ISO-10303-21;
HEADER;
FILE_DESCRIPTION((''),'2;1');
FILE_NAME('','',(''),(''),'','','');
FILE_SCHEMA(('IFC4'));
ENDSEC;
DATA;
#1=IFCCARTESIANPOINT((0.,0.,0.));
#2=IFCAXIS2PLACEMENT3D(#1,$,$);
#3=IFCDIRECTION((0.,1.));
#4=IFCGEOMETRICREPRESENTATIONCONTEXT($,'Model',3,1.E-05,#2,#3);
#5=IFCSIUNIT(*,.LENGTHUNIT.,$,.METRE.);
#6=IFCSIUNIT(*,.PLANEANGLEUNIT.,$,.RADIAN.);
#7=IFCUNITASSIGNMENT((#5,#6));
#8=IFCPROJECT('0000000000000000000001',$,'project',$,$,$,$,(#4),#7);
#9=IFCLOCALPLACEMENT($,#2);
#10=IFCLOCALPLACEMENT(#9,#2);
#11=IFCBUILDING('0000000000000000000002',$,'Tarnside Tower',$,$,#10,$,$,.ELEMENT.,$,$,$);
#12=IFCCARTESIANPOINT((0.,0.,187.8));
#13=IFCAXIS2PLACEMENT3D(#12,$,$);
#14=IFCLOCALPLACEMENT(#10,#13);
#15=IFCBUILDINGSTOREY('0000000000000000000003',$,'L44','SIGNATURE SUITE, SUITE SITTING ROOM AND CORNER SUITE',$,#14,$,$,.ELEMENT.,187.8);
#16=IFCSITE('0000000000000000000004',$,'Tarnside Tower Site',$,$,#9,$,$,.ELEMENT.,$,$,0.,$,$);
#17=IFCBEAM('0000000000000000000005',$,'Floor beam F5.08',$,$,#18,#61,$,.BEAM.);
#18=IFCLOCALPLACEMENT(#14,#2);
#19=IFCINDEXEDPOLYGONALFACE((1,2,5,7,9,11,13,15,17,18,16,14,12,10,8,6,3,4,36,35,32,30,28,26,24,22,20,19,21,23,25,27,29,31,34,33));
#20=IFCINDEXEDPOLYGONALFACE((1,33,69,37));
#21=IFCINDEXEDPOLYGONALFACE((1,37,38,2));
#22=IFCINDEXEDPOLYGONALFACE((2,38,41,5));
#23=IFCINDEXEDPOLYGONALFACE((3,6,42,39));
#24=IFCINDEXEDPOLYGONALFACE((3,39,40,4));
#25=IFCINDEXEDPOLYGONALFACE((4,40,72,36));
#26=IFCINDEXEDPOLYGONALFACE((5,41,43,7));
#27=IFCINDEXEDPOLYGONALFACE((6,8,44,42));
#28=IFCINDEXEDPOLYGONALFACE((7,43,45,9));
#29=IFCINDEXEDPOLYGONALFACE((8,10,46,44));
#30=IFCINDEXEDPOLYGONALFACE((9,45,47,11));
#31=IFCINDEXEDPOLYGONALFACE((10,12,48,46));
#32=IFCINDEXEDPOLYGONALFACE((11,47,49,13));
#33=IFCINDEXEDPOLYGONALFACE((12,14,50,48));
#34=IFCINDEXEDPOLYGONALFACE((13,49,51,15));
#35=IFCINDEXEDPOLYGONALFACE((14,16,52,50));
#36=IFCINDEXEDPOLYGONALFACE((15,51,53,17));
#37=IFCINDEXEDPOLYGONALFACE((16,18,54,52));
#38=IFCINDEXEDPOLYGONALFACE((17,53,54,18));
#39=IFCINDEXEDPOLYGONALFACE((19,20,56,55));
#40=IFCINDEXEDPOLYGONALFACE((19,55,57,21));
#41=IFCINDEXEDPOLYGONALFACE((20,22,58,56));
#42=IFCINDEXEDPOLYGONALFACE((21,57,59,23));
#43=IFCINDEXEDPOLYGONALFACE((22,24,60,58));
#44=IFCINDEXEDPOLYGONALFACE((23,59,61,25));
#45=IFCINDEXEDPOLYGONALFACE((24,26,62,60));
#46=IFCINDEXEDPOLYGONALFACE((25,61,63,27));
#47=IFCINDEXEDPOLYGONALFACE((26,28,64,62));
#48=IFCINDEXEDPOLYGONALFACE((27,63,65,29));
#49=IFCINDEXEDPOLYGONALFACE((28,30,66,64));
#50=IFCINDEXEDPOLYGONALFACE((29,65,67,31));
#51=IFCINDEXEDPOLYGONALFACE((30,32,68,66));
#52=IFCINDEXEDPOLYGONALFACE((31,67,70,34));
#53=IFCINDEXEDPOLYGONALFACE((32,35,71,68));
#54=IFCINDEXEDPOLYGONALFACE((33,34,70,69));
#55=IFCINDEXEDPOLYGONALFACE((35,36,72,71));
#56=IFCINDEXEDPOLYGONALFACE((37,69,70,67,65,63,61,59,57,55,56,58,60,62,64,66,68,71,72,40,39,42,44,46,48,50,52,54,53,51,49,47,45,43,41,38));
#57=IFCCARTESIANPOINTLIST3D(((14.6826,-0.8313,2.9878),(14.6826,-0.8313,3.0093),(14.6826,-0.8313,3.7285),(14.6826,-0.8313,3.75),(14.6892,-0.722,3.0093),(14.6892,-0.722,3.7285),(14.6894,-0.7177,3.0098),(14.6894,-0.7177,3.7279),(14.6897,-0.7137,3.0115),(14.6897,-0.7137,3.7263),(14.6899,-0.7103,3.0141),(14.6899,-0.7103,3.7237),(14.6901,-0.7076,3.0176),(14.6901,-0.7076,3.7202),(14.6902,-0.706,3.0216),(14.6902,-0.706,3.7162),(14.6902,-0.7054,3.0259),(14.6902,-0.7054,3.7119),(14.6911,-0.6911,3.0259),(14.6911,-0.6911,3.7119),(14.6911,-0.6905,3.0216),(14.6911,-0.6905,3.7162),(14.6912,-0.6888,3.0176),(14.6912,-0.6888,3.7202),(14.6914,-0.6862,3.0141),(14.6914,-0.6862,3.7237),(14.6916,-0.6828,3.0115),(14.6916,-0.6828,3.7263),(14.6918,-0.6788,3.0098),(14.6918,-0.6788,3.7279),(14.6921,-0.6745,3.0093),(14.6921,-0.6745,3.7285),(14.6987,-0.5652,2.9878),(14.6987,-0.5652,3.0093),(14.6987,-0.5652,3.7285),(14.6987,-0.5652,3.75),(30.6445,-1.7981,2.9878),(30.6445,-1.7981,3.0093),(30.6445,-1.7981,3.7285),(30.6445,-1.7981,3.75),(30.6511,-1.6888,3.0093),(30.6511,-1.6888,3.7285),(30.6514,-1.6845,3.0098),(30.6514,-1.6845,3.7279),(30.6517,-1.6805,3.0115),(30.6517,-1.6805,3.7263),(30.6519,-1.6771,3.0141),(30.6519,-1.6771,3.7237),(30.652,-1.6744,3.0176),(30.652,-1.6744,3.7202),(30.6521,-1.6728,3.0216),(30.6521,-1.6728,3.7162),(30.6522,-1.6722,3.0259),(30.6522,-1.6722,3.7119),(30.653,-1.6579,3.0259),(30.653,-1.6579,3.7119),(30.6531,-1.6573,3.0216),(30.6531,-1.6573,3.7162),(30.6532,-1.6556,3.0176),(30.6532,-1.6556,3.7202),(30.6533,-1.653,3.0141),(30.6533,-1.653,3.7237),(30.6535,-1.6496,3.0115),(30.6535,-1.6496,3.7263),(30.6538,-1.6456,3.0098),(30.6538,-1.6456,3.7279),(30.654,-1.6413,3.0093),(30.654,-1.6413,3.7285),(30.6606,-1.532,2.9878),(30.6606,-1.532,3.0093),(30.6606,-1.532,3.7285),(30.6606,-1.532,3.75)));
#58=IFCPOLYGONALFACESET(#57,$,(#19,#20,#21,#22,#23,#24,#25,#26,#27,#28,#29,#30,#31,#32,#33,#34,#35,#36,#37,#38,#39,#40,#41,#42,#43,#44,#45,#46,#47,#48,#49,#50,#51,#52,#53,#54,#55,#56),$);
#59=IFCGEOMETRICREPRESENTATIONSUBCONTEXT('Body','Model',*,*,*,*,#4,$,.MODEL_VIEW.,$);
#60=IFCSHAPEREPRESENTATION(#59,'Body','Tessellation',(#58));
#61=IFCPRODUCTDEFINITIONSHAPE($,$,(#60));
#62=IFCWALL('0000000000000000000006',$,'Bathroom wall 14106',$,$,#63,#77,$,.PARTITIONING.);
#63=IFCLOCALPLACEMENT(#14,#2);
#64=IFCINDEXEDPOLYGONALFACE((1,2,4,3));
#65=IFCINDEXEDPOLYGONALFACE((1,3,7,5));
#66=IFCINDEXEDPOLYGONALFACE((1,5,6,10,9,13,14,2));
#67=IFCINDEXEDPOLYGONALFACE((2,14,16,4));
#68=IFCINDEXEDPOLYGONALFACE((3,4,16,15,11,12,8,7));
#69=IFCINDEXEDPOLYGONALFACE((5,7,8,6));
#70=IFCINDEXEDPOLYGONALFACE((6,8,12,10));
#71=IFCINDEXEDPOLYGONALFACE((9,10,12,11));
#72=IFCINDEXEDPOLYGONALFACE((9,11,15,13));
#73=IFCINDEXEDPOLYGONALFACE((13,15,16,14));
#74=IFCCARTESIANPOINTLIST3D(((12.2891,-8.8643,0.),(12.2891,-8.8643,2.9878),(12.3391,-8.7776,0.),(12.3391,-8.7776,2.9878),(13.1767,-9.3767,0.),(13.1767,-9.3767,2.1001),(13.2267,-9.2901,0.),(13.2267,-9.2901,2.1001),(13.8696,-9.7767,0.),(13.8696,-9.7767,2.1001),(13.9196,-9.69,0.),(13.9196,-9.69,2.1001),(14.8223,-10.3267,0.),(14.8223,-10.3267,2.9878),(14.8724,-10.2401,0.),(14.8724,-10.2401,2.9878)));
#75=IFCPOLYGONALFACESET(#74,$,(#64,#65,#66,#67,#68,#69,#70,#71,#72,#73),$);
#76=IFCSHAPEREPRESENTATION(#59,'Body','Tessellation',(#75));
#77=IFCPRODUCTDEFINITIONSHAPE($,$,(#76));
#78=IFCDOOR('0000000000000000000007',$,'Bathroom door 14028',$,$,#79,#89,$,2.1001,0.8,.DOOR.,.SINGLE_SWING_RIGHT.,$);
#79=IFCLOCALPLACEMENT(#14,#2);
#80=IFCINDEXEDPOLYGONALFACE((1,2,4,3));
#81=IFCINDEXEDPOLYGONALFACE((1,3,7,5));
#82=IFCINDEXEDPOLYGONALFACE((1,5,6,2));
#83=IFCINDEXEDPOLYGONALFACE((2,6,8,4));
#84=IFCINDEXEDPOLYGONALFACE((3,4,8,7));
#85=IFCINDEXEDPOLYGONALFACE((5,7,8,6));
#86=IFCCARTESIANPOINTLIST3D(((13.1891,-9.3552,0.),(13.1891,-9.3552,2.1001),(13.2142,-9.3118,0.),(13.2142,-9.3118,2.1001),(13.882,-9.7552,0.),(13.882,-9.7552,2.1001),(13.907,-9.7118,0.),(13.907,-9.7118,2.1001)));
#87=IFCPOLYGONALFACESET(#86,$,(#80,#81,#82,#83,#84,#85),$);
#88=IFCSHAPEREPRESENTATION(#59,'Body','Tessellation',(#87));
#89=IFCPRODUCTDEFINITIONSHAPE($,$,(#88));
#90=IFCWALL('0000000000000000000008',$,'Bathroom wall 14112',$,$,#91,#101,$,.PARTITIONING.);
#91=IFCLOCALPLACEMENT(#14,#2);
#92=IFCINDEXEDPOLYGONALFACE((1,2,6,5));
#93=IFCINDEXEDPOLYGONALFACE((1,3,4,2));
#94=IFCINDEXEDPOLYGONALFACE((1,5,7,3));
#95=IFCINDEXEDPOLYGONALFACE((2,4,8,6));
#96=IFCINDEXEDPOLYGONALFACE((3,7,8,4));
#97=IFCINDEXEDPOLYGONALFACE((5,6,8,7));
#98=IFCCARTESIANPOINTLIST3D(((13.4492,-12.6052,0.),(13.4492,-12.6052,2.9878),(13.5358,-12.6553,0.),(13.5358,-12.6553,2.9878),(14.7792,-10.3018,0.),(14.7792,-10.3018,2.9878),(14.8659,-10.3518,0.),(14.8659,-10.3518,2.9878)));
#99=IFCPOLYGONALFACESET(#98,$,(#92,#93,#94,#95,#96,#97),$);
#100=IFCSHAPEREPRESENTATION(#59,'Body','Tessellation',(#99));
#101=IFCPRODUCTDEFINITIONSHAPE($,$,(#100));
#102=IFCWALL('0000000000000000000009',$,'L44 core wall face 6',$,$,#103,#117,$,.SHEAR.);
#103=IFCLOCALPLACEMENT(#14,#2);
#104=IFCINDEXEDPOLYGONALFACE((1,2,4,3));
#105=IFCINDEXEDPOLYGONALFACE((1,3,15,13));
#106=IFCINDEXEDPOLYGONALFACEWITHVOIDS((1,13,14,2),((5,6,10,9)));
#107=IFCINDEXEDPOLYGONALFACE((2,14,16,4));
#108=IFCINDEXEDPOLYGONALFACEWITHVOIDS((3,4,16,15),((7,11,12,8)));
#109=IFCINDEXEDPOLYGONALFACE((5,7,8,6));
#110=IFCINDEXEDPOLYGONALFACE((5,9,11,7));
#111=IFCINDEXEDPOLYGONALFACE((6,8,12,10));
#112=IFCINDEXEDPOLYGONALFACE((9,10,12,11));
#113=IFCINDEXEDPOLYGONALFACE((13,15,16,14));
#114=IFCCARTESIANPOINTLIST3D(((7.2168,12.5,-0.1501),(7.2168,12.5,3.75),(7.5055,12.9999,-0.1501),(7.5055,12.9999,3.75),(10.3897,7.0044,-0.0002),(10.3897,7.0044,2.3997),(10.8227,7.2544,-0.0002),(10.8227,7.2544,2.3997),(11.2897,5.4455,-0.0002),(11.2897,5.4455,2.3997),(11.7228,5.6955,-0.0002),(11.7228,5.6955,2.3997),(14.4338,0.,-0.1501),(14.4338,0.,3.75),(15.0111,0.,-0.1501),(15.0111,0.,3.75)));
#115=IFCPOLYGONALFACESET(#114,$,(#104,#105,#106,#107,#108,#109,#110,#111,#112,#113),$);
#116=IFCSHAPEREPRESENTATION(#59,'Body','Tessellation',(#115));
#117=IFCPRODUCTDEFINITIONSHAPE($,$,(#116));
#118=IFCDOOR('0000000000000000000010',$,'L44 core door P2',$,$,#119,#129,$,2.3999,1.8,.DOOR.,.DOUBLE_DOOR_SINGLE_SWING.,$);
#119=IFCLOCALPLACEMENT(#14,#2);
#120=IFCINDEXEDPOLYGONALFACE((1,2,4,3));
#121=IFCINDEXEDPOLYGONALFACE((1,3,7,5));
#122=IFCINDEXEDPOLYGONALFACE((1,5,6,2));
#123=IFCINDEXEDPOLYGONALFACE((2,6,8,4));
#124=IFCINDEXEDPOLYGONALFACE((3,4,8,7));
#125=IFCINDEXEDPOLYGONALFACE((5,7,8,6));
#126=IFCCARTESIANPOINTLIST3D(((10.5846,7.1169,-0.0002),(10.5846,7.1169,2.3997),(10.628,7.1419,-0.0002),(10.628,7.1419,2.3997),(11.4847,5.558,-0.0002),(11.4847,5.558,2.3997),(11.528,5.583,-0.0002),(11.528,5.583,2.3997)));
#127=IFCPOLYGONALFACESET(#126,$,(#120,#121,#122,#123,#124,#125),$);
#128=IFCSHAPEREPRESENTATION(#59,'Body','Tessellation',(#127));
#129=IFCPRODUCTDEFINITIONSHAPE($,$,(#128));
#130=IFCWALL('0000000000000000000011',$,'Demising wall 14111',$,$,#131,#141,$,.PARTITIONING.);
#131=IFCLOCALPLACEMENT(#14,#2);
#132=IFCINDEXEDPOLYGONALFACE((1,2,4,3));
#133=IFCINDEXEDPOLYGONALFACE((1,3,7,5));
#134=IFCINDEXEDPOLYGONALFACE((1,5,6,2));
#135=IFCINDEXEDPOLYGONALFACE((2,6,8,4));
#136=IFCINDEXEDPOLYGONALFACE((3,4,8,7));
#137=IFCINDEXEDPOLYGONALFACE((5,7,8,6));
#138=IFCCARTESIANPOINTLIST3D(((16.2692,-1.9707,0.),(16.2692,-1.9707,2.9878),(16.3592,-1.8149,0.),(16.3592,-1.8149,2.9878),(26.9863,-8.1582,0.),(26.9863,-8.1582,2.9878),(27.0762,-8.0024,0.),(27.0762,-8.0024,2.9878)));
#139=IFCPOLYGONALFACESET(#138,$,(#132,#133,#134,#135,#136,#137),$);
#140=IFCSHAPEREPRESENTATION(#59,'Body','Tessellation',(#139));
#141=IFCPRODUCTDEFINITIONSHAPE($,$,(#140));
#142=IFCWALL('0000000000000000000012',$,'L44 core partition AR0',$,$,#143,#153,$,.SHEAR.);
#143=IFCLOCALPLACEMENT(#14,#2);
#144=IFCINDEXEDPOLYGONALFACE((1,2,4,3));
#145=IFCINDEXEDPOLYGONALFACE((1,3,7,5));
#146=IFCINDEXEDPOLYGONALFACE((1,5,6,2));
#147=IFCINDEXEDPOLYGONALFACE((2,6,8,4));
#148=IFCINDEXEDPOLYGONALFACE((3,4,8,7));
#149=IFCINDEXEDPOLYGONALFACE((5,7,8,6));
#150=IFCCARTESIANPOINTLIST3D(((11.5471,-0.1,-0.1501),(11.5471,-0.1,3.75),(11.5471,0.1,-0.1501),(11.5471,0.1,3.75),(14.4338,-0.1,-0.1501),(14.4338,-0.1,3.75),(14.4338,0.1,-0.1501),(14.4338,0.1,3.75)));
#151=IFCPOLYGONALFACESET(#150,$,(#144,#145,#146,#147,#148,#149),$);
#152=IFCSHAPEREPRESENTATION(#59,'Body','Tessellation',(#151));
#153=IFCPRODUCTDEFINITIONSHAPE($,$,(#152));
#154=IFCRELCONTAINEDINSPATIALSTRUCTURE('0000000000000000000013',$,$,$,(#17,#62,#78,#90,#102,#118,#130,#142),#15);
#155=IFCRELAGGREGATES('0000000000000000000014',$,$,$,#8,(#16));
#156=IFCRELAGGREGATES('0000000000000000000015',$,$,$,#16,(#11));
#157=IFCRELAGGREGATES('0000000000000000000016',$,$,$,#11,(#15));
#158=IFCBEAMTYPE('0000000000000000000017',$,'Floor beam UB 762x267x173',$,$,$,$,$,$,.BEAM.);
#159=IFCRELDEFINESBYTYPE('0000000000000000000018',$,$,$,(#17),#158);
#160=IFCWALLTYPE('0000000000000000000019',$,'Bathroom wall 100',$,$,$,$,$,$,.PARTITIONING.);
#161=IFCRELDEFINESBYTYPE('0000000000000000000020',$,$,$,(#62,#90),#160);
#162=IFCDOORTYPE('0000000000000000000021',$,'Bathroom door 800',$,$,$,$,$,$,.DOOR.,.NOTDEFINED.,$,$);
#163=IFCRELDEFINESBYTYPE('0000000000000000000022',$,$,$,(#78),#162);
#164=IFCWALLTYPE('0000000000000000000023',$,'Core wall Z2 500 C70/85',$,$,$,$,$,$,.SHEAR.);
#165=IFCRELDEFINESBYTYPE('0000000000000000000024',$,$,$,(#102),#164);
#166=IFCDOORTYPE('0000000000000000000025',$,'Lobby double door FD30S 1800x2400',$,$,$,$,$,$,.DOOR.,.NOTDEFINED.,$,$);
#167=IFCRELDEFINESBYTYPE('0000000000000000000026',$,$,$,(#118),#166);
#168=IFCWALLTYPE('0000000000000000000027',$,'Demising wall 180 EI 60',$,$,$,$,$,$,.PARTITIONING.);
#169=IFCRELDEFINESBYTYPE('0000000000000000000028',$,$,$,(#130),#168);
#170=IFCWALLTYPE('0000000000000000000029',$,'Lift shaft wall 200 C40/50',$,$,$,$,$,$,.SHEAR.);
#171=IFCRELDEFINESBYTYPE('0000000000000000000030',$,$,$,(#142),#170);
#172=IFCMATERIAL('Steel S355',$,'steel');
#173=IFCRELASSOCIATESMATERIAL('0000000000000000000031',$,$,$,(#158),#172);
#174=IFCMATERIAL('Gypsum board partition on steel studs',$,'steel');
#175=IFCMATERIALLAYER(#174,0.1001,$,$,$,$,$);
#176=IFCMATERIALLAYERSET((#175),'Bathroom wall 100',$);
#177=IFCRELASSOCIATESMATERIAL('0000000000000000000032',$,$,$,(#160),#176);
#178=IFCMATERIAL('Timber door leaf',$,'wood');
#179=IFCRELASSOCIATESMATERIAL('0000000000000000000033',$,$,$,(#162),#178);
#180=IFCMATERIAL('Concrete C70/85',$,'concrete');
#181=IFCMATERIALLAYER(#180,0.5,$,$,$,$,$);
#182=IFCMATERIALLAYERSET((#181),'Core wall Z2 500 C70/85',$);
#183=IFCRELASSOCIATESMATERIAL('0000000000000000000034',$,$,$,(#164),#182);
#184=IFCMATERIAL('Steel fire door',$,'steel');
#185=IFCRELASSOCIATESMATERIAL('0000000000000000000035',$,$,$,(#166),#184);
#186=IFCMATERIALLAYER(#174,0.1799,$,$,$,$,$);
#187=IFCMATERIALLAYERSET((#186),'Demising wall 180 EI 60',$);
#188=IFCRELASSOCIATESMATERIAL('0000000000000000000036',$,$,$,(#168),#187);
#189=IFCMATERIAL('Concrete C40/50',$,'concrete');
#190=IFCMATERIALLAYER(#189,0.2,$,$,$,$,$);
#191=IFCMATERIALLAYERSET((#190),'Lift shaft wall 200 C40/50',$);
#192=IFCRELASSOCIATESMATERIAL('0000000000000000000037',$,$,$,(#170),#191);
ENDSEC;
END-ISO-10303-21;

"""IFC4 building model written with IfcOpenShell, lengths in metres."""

from ifc_helpers import new_model, si_unit, direction, frame, frame_2d, origin, origin_2d, place, context, subcontext, project, spatial, polyline, rectangle, i_section, outline, extrude, material, layer, layer_set, material_profile, profile_set, type_object, element, fill, save


model = new_model("IFC4")

# Units and contexts
model_context = context("Model", 3, precision=1e-05, world=origin(), true_north=direction((0.0, 1.0)))
body_context = subcontext(model_context, "Body", "Model", "MODEL_VIEW")
ifc_project = project(units=[si_unit("LENGTHUNIT", "METRE"), si_unit("PLANEANGLEUNIT", "RADIAN")], contexts=[model_context])

# Site, building, storey
site_placement = place(None, origin())
site = spatial("IfcSite", under=ifc_project, at=site_placement, Name="Tarnside Tower Site", CompositionType="ELEMENT", RefElevation=0.0)
building_placement = place(site_placement, origin())
building = spatial("IfcBuilding", under=site, at=building_placement, Name="Tarnside Tower", CompositionType="ELEMENT")
storey_placement = place(building_placement, frame((0.0, 0.0, 187.8)))
storey = spatial("IfcBuildingStorey", under=building, at=storey_placement, Name="L44", Description="SIGNATURE SUITE, SUITE SITTING ROOM AND CORNER SUITE", CompositionType="ELEMENT", Elevation=187.8)

# Beam
ifc_material_1 = material(Name="Steel S355", Category="steel")
ifc_material_profile_1 = material_profile(ifc_material_1, i_section(OverallWidth=0.2666, OverallDepth=0.7622, WebThickness=0.0144, FlangeThickness=0.0215, FilletRadius=0.0166, at=origin_2d()), Name="UB 762x267x173")
ifc_profile_set_1 = profile_set([ifc_material_profile_1], Name="Steel S355")
beam_type_1 = type_object("IfcBeamType", Name="Floor beam UB 762x267x173", PredefinedType="BEAM", material=ifc_profile_set_1)
beam_1_placement = place(storey_placement, frame((30.6526, -1.665, 3.3689), z_axis=(-0.998171, 0.060458, 0.0), x_axis=(-0.060458, -0.998171, 0.0)))
element("IfcBeam", 1, at=beam_1_placement, inside=storey, type_object=beam_type_1, Name="Floor beam F5.08", PredefinedType="BEAM", context=body_context, shape_type="SweptSolid", body=[
    extrude(i_section(OverallWidth=0.2666, OverallDepth=0.7622, WebThickness=0.0144, FlangeThickness=0.0215, FilletRadius=0.0166, at=origin_2d()), origin(), (0.0, 0.0, 1.0), 15.9912),
])

# Wall, opening, door
ifc_material_2 = material(Name="Gypsum board partition on steel studs", Category="steel")
ifc_layer_1 = layer(ifc_material_2, 0.1001)
ifc_layer_set_1 = layer_set([ifc_layer_1], Name="Bathroom wall 100")
wall_type_1 = type_object("IfcWallType", Name="Bathroom wall 100", PredefinedType="PARTITIONING", material=ifc_layer_set_1)
wall_1_placement = place(storey_placement, frame((12.3142, -8.821, 0.0), z_axis=(0.0, 0.0, 1.0), x_axis=(0.866047, -0.499963, 0.0)))
wall_1 = element("IfcWall", 2, at=wall_1_placement, inside=storey, type_object=wall_type_1, Name="Bathroom wall 14106", PredefinedType="PARTITIONING", context=body_context, shape_type="SweptSolid", body=[
    extrude(rectangle(XDim=2.925, YDim=0.1001, at=frame_2d((1.4624, 0.0))), origin(), (0.0, 0.0, 1.0), 2.9878),
])
opening_1_placement = place(wall_1_placement, frame((1.0249, 0.0, 0.0)))
opening_1 = element("IfcOpeningElement", 3, at=opening_1_placement, cuts=wall_1, PredefinedType="OPENING", context=body_context, shape_type="SweptSolid", body=[
    extrude(rectangle(XDim=0.8, YDim=2.1001, at=frame_2d((0.3999, 1.05))), frame((0.0, 0.0601, 0.0), z_axis=(0.0, -1.0, 0.0), x_axis=(1.0, 0.0, 0.0)), (0.0, 0.0, 1.0), 0.1201),
])
ifc_material_3 = material(Name="Timber door leaf", Category="wood")
door_type_1 = type_object("IfcDoorType", Name="Bathroom door 800", OperationType="NOTDEFINED", PredefinedType="DOOR", material=ifc_material_3)
door_1_placement = place(opening_1_placement, origin())
door_1 = element("IfcDoor", 4, at=door_1_placement, inside=storey, type_object=door_type_1, Name="Bathroom door 14028", OperationType="SINGLE_SWING_RIGHT", OverallHeight=2.1001, OverallWidth=0.8, PredefinedType="DOOR", context=body_context, shape_type="SweptSolid", body=[
    extrude(rectangle(XDim=0.8, YDim=2.1001, at=frame_2d((0.3999, 1.05))), frame((0.0, 0.0249, 0.0), z_axis=(0.0, -1.0, 0.0), x_axis=(1.0, 0.0, 0.0)), (0.0, 0.0, 1.0), 0.05),
])
fill(opening_1, door_1)

# Wall
wall_2_placement = place(storey_placement, frame((13.4924, -12.6304, 0.0), z_axis=(0.0, 0.0, 1.0), x_axis=(0.500048, 0.865998, 0.0)))
element("IfcWall", 5, at=wall_2_placement, inside=storey, type_object=wall_type_1, Name="Bathroom wall 14112", PredefinedType="PARTITIONING", context=body_context, shape_type="SweptSolid", body=[
    extrude(rectangle(XDim=2.6599, YDim=0.1001, at=frame_2d((1.3301, 0.0))), origin(), (0.0, 0.0, 1.0), 2.9878),
])

# Wall, opening, door
ifc_material_4 = material(Name="Concrete C70/85", Category="concrete")
ifc_layer_2 = layer(ifc_material_4, 0.5)
ifc_layer_set_2 = layer_set([ifc_layer_2], Name="Core wall Z2 500 C70/85")
wall_type_2 = type_object("IfcWallType", Name="Core wall Z2 500 C70/85", PredefinedType="SHEAR", material=ifc_layer_set_2)
wall_3_placement = place(storey_placement, frame((14.7224, 0.0, -0.1501), z_axis=(0.0, 0.0, 1.0), x_axis=(-0.500006, 0.866022, 0.0)))
wall_3 = element("IfcWall", 6, at=wall_3_placement, inside=storey, type_object=wall_type_2, Name="L44 core wall face 6", PredefinedType="SHEAR", context=body_context, shape_type="SweptSolid", body=[
    extrude(outline(polyline([(-0.1443, -0.25), (14.8667, -0.25), (14.5781, 0.25), (0.1443, 0.25), (-0.1443, -0.25)])), origin(), (0.0, 0.0, 1.0), 3.9001),
])
opening_2_placement = place(wall_3_placement, frame((6.4324, 0.0, 0.1499)))
opening_2 = element("IfcOpeningElement", 7, at=opening_2_placement, cuts=wall_3, PredefinedType="OPENING", context=body_context, shape_type="SweptSolid", body=[
    extrude(rectangle(XDim=1.8, YDim=2.3999, at=frame_2d((0.8999, 1.2))), frame((0.0, 0.26, 0.0), z_axis=(0.0, -1.0, 0.0), x_axis=(1.0, 0.0, 0.0)), (0.0, 0.0, 1.0), 0.52),
])
ifc_material_5 = material(Name="Steel fire door", Category="steel")
door_type_2 = type_object("IfcDoorType", Name="Lobby double door FD30S 1800x2400", OperationType="NOTDEFINED", PredefinedType="DOOR", material=ifc_material_5)
door_2_placement = place(opening_2_placement, origin())
door_2 = element("IfcDoor", 8, at=door_2_placement, inside=storey, type_object=door_type_2, Name="L44 core door P2", OperationType="DOUBLE_DOOR_SINGLE_SWING", OverallHeight=2.3999, OverallWidth=1.8, PredefinedType="DOOR", context=body_context, shape_type="SweptSolid", body=[
    extrude(rectangle(XDim=1.8, YDim=2.3999, at=frame_2d((0.8999, 1.2))), frame((0.0, 0.0249, 0.0), z_axis=(0.0, -1.0, 0.0), x_axis=(1.0, 0.0, 0.0)), (0.0, 0.0, 1.0), 0.05),
])
fill(opening_2, door_2)

# Walls
ifc_layer_3 = layer(ifc_material_2, 0.1799)
ifc_layer_set_3 = layer_set([ifc_layer_3], Name="Demising wall 180 EI 60")
wall_type_3 = type_object("IfcWallType", Name="Demising wall 180 EI 60", PredefinedType="PARTITIONING", material=ifc_layer_set_3)
wall_4_placement = place(storey_placement, frame((27.0312, -8.0803, 0.0), z_axis=(0.0, 0.0, 1.0), x_axis=(-0.866025, 0.500001, 0.0)))
element("IfcWall", 9, at=wall_4_placement, inside=storey, type_object=wall_type_3, Name="Demising wall 14111", PredefinedType="PARTITIONING", context=body_context, shape_type="SweptSolid", body=[
    extrude(rectangle(XDim=12.375, YDim=0.1799, at=frame_2d((6.1875, 0.0))), origin(), (0.0, 0.0, 1.0), 2.9878),
])
ifc_material_6 = material(Name="Concrete C40/50", Category="concrete")
ifc_layer_4 = layer(ifc_material_6, 0.2)
ifc_layer_set_4 = layer_set([ifc_layer_4], Name="Lift shaft wall 200 C40/50")
wall_type_4 = type_object("IfcWallType", Name="Lift shaft wall 200 C40/50", PredefinedType="SHEAR", material=ifc_layer_set_4)
wall_5_placement = place(storey_placement, frame((11.5471, 0.0, -0.1501), z_axis=(0.0, 0.0, 1.0), x_axis=(1.0, 0.0, 0.0)))
element("IfcWall", 10, at=wall_5_placement, inside=storey, type_object=wall_type_4, Name="L44 core partition AR0", PredefinedType="SHEAR", context=body_context, shape_type="SweptSolid", body=[
    extrude(rectangle(XDim=2.8867, YDim=0.2, at=frame_2d((1.4434, 0.0))), origin(), (0.0, 0.0, 1.0), 3.9001),
])

save(model, "model.ifc")
